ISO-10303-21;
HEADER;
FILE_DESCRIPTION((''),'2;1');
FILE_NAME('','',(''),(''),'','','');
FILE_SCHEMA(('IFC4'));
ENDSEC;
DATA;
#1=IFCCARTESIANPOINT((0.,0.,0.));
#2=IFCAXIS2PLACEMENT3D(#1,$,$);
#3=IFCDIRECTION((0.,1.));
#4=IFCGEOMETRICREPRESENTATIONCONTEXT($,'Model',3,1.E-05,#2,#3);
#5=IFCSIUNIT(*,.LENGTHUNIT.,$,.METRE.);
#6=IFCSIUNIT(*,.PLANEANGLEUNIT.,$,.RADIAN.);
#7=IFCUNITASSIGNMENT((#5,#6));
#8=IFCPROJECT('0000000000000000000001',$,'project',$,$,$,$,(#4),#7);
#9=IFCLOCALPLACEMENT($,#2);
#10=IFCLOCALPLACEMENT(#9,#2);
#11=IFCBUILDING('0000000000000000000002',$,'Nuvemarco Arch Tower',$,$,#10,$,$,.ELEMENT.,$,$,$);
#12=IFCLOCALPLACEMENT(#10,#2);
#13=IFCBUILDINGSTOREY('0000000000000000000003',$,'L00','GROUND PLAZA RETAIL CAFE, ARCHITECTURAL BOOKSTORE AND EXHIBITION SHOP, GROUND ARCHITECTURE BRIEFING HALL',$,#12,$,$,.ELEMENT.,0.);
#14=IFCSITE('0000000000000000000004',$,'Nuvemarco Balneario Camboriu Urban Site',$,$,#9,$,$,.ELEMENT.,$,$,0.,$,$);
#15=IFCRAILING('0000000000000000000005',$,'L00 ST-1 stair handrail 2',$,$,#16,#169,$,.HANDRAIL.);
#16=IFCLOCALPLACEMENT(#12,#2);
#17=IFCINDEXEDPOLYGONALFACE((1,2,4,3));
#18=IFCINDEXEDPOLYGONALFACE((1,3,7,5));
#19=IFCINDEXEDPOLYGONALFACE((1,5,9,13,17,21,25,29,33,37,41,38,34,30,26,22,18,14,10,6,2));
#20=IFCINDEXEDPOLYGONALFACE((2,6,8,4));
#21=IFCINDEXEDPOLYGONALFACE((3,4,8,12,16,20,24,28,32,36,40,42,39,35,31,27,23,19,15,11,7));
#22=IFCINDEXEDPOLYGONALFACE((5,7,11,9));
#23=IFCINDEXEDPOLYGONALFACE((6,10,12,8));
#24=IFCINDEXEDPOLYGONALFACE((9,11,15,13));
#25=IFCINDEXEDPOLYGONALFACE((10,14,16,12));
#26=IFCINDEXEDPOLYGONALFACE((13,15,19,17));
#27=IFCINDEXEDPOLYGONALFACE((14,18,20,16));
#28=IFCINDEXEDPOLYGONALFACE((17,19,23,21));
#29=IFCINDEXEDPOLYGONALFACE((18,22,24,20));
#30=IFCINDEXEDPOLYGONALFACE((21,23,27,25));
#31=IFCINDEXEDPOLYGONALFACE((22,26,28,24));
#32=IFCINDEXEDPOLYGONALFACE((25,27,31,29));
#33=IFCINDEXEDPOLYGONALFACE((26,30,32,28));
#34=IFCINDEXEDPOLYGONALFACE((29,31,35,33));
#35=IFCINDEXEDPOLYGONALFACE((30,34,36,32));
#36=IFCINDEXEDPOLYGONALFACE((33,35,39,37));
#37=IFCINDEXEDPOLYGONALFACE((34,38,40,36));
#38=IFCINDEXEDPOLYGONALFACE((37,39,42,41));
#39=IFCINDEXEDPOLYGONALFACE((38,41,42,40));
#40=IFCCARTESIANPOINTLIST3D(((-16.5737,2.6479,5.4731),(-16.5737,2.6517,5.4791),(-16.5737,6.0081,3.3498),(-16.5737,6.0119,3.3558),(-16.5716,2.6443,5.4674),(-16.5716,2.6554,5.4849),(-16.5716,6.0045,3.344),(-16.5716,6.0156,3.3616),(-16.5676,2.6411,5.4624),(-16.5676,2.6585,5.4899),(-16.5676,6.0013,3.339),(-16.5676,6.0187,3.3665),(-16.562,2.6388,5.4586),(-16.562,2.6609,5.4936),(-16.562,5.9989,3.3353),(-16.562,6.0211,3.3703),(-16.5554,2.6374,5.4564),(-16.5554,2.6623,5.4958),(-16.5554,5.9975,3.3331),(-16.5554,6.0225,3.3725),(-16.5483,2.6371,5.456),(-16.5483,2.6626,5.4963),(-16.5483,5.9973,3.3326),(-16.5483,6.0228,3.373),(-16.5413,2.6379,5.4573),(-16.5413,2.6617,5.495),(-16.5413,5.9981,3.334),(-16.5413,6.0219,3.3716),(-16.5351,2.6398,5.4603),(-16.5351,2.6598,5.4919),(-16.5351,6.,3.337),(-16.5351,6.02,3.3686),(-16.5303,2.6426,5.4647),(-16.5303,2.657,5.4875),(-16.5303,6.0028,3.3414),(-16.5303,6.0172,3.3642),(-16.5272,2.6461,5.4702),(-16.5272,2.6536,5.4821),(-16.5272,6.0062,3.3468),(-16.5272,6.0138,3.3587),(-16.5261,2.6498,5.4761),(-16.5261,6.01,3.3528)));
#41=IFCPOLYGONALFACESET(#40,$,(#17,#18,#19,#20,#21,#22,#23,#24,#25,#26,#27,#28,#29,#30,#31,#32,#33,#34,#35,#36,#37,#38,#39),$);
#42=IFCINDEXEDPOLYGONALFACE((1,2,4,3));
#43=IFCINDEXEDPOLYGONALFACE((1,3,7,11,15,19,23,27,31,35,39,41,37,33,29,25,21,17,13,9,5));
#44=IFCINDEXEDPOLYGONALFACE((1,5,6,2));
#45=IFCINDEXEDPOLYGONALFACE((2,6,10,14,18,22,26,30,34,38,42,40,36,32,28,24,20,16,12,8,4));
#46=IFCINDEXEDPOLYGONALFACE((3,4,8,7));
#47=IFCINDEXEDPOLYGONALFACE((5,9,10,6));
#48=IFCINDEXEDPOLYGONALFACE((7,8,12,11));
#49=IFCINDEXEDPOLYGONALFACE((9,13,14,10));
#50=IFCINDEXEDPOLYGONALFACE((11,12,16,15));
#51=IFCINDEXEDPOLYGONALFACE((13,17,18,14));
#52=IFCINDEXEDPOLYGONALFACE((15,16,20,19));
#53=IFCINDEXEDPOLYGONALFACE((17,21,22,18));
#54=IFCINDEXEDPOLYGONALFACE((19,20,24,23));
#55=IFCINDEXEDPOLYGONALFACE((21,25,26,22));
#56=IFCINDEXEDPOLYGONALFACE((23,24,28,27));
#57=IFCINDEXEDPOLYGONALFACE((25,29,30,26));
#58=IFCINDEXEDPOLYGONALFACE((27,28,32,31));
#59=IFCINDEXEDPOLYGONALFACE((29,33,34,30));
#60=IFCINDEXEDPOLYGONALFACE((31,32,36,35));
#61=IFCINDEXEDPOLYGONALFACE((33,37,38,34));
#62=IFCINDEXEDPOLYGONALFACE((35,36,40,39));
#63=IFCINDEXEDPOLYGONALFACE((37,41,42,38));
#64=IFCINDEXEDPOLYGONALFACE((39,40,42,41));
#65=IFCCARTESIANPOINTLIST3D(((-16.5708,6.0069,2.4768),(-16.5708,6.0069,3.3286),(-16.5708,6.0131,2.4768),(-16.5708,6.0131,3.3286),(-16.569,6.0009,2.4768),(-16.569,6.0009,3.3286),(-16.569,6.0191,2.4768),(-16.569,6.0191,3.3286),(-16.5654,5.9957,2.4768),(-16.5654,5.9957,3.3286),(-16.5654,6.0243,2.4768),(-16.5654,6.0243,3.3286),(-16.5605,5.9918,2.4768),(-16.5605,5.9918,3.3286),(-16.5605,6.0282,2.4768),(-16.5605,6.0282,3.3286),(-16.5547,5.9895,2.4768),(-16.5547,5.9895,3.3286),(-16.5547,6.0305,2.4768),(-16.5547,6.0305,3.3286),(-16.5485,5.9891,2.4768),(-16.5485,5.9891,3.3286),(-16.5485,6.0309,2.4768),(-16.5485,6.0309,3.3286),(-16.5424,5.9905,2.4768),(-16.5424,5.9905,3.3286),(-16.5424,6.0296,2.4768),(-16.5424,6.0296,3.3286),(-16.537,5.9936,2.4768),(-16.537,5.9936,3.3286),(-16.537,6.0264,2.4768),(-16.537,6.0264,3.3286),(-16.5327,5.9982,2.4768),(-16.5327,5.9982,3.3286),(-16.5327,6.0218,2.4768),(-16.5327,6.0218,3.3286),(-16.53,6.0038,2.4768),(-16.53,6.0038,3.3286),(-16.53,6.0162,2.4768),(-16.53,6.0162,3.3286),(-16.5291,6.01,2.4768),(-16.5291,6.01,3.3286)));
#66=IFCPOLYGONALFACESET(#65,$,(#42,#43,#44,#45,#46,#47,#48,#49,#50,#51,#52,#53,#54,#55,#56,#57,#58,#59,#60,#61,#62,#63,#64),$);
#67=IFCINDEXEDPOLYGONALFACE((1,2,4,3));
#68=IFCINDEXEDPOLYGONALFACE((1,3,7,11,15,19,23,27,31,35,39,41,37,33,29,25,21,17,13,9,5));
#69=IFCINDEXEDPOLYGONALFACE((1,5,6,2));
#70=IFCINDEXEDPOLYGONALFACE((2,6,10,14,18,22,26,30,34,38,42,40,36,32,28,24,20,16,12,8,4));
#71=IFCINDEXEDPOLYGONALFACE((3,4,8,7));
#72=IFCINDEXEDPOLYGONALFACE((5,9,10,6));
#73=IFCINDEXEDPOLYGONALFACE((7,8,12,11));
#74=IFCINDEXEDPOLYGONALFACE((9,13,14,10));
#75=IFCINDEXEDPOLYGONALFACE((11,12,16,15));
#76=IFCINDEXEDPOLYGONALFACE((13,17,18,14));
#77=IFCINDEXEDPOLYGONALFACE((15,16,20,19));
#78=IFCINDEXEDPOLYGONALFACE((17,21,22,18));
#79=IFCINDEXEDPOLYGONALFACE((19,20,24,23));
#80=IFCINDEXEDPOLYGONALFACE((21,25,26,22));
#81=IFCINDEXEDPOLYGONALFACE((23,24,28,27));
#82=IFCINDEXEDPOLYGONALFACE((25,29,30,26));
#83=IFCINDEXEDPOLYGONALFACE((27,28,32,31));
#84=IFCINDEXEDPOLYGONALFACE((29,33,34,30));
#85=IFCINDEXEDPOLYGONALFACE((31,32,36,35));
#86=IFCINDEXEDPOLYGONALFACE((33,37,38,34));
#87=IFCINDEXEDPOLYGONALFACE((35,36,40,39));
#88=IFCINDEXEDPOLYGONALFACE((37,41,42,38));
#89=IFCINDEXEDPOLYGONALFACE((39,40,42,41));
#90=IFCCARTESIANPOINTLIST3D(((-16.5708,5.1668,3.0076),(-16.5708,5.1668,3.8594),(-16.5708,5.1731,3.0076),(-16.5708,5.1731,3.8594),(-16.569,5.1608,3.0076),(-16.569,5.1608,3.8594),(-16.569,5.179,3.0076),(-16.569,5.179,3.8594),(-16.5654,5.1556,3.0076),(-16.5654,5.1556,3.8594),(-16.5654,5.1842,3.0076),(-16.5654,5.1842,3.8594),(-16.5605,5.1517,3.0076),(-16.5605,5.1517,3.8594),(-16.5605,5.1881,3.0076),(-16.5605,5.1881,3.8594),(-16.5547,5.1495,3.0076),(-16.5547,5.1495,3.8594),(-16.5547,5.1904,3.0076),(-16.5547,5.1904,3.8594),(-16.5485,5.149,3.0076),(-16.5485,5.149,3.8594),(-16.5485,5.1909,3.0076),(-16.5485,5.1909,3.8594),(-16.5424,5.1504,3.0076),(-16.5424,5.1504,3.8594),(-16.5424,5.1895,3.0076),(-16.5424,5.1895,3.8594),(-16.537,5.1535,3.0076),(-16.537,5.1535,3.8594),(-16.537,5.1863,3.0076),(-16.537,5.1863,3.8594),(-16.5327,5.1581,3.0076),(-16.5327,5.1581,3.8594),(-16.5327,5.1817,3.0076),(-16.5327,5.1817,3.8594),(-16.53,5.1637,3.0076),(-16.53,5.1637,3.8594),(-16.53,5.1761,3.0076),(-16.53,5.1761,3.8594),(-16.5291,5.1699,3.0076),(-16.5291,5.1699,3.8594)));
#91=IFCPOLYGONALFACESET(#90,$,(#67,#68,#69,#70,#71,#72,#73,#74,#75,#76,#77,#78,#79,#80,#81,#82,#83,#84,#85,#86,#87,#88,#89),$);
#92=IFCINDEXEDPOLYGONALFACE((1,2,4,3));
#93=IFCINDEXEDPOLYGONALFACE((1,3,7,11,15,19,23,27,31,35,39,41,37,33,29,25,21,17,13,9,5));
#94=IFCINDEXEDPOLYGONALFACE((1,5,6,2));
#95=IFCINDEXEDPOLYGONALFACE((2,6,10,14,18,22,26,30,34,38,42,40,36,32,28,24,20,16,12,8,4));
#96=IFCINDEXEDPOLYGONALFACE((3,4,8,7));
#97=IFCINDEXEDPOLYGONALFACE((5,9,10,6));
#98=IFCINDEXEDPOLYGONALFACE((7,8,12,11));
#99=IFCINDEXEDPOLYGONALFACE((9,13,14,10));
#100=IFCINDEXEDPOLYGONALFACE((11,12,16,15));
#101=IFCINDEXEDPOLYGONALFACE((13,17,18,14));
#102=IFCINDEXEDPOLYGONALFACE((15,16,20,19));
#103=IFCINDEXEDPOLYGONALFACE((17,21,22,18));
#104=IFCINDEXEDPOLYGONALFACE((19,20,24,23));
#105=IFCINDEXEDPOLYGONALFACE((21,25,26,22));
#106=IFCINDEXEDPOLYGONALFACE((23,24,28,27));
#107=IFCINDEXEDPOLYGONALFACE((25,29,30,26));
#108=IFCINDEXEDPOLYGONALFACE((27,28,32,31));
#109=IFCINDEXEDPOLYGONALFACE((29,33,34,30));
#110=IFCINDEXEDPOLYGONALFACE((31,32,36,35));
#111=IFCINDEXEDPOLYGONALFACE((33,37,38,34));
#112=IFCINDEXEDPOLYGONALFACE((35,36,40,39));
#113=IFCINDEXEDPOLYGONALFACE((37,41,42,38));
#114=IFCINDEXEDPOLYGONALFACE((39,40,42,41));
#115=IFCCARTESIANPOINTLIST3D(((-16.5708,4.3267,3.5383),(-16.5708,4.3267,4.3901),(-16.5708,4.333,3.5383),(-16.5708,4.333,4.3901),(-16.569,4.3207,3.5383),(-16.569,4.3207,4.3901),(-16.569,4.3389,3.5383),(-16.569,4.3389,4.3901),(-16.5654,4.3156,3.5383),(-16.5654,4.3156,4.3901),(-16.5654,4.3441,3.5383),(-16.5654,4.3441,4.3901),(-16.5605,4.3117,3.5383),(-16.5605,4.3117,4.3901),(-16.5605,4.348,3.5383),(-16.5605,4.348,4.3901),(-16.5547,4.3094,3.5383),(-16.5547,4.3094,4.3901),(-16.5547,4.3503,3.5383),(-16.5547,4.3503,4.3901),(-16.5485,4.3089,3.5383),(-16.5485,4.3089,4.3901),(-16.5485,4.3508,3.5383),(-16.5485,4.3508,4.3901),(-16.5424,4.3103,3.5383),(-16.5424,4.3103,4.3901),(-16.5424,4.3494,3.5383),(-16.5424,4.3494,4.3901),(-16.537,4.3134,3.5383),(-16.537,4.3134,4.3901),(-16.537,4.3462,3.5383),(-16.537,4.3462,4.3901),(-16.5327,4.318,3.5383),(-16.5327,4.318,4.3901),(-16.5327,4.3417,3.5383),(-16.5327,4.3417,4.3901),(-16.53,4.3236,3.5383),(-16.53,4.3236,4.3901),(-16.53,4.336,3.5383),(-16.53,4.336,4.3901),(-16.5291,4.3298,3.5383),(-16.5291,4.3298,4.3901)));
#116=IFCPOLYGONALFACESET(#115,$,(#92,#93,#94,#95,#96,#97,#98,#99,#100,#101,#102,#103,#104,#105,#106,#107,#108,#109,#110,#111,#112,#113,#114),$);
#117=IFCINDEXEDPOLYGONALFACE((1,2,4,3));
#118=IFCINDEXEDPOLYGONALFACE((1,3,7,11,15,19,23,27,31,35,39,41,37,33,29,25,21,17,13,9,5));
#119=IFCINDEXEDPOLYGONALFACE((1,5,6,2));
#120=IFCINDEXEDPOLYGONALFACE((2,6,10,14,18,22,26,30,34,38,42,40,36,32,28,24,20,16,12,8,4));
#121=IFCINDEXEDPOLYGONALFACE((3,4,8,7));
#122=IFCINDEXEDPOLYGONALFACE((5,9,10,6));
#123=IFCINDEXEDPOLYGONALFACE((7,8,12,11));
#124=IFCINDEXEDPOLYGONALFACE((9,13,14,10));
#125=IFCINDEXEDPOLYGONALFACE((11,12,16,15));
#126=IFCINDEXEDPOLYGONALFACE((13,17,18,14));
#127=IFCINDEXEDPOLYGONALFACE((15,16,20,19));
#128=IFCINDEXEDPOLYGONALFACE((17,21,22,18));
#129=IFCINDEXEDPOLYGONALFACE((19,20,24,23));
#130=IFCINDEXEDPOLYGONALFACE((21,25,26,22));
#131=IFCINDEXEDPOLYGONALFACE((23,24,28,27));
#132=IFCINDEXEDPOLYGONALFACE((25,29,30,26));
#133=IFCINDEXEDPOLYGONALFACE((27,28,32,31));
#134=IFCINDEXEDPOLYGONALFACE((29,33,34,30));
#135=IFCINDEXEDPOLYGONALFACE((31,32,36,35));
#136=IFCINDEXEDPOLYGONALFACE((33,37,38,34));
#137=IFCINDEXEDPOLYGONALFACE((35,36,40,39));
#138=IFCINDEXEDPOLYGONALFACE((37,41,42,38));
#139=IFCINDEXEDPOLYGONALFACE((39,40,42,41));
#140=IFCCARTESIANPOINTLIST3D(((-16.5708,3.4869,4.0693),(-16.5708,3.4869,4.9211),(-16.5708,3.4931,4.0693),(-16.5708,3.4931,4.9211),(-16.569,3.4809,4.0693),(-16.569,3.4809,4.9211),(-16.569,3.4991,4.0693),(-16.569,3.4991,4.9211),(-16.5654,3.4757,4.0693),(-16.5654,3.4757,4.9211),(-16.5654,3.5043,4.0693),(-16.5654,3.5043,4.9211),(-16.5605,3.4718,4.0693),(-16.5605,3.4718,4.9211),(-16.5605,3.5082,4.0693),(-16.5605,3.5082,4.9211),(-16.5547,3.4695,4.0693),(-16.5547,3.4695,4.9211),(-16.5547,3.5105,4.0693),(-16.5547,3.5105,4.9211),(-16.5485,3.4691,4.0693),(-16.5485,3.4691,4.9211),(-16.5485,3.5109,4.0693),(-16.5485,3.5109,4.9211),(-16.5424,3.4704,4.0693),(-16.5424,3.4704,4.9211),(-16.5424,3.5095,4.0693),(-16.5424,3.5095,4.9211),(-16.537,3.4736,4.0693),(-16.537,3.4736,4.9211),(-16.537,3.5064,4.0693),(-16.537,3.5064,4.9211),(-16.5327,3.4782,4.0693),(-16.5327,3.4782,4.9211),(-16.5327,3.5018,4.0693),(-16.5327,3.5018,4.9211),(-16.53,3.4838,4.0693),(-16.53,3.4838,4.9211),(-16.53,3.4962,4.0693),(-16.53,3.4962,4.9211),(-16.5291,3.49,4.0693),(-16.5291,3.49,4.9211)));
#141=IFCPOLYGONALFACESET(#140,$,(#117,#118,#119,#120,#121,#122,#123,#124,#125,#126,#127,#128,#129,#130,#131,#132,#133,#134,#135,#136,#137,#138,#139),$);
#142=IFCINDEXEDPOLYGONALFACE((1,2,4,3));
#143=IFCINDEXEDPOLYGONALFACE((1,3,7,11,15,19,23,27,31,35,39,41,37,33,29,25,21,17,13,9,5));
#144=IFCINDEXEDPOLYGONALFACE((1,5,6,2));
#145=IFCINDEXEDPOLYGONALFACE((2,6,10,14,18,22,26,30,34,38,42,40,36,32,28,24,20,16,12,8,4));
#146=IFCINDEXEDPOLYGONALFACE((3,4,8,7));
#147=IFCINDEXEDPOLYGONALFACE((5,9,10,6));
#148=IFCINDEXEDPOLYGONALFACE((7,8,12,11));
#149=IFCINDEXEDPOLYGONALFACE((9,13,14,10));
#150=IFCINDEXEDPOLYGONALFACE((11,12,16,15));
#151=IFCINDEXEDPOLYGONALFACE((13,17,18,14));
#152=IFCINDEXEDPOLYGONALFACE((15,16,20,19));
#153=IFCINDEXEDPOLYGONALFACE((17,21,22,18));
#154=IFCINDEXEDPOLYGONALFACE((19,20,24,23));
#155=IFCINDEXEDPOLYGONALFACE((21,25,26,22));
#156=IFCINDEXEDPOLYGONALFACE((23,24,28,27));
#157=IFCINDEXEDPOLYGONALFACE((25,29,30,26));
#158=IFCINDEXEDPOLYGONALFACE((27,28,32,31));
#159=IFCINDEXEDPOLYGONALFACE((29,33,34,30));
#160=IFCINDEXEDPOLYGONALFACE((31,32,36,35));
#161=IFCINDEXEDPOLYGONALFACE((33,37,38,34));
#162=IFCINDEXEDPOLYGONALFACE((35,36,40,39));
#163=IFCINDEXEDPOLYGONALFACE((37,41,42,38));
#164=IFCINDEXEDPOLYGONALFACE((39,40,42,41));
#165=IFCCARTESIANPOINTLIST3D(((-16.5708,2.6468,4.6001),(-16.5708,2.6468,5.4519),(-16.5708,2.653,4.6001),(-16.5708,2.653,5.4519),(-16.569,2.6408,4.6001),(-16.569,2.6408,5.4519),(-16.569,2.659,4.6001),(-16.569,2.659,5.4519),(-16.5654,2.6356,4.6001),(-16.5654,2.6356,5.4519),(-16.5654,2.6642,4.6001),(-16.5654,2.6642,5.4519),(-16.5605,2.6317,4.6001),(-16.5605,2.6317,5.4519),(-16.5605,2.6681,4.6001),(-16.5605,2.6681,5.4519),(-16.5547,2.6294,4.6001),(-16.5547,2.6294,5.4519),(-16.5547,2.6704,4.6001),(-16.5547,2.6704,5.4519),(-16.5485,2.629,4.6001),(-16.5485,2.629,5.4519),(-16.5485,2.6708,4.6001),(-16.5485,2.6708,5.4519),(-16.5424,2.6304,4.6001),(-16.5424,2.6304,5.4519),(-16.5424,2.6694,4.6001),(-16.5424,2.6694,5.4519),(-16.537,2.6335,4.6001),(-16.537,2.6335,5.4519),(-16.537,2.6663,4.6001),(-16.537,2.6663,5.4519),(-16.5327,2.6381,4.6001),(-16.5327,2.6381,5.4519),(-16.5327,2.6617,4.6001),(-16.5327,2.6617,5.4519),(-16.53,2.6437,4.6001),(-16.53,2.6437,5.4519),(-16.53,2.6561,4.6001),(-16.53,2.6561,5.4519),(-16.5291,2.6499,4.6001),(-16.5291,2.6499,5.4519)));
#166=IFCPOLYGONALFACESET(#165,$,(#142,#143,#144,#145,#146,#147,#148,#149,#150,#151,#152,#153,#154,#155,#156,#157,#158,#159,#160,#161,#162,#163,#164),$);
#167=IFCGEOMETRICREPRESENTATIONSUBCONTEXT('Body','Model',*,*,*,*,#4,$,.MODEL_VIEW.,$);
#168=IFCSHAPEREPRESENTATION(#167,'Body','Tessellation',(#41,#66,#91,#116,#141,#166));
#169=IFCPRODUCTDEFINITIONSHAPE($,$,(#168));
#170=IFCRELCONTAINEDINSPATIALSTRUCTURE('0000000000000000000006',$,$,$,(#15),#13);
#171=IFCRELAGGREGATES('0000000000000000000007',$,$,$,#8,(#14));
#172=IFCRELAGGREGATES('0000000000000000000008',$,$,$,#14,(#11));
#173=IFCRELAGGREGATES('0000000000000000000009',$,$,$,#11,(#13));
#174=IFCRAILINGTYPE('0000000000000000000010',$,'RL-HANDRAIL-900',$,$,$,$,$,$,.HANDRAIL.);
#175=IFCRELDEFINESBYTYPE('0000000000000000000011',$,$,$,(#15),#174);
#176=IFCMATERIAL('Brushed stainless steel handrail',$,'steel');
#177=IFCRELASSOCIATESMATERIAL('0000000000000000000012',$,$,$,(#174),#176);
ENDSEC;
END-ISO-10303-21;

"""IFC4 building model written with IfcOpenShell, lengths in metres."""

from ifc_helpers import new_model, si_unit, direction, frame, origin, origin_2d, place, context, subcontext, project, spatial, circle, extrude, material, type_object, element, save


model = new_model("IFC4")

# Units and contexts
model_context = context("Model", 3, precision=1e-05, world=origin(), true_north=direction((0.0, 1.0)))
body_context = subcontext(model_context, "Body", "Model", "MODEL_VIEW")
ifc_project = project(units=[si_unit("LENGTHUNIT", "METRE"), si_unit("PLANEANGLEUNIT", "RADIAN")], contexts=[model_context])

# Site, building, storey
site_placement = place(None, origin())
site = spatial("IfcSite", under=ifc_project, at=site_placement, Name="Nuvemarco Balneario Camboriu Urban Site", CompositionType="ELEMENT", RefElevation=0.0)
building_placement = place(site_placement, origin())
building = spatial("IfcBuilding", under=site, at=building_placement, Name="Nuvemarco Arch Tower", CompositionType="ELEMENT")
storey_placement = place(building_placement, origin())
storey = spatial("IfcBuildingStorey", under=building, at=storey_placement, Name="L00", Description="GROUND PLAZA RETAIL CAFE, ARCHITECTURAL BOOKSTORE AND EXHIBITION SHOP, GROUND ARCHITECTURE BRIEFING HALL", CompositionType="ELEMENT", Elevation=0.0)

# Railing
ifc_material_1 = material(Name="Brushed stainless steel handrail", Category="steel")
railing_type_1 = type_object("IfcRailingType", Name="RL-HANDRAIL-900", PredefinedType="HANDRAIL", material=ifc_material_1)
railing_1_placement = place(storey_placement, frame((-16.55, 6.01, 2.4768)))
element("IfcRailing", 1, at=railing_1_placement, inside=storey, type_object=railing_type_1, Name="L00 ST-1 stair handrail 2", PredefinedType="HANDRAIL", context=body_context, shape_type="SweptSolid", body=[
    extrude(circle(Radius=0.0239, at=origin_2d()), frame((0.0, 0.0, 0.876), z_axis=(0.0, -0.845362, 0.534194), x_axis=(1.0, 0.0, 0.0)), (0.0, 0.0, 1.0), 3.9749),
    extrude(circle(Radius=0.021, at=origin_2d()), origin(), (0.0, 0.0, 1.0), 0.8518),
    extrude(circle(Radius=0.021, at=origin_2d()), frame((0.0, -0.8401, 0.5308)), (0.0, 0.0, 1.0), 0.8518),
    extrude(circle(Radius=0.021, at=origin_2d()), frame((0.0, -1.6802, 1.0615)), (0.0, 0.0, 1.0), 0.8518),
    extrude(circle(Radius=0.021, at=origin_2d()), frame((0.0, -2.52, 1.5925)), (0.0, 0.0, 1.0), 0.8518),
    extrude(circle(Radius=0.021, at=origin_2d()), frame((0.0, -3.3601, 2.1233)), (0.0, 0.0, 1.0), 0.8518),
])

save(model, "model.ifc")
